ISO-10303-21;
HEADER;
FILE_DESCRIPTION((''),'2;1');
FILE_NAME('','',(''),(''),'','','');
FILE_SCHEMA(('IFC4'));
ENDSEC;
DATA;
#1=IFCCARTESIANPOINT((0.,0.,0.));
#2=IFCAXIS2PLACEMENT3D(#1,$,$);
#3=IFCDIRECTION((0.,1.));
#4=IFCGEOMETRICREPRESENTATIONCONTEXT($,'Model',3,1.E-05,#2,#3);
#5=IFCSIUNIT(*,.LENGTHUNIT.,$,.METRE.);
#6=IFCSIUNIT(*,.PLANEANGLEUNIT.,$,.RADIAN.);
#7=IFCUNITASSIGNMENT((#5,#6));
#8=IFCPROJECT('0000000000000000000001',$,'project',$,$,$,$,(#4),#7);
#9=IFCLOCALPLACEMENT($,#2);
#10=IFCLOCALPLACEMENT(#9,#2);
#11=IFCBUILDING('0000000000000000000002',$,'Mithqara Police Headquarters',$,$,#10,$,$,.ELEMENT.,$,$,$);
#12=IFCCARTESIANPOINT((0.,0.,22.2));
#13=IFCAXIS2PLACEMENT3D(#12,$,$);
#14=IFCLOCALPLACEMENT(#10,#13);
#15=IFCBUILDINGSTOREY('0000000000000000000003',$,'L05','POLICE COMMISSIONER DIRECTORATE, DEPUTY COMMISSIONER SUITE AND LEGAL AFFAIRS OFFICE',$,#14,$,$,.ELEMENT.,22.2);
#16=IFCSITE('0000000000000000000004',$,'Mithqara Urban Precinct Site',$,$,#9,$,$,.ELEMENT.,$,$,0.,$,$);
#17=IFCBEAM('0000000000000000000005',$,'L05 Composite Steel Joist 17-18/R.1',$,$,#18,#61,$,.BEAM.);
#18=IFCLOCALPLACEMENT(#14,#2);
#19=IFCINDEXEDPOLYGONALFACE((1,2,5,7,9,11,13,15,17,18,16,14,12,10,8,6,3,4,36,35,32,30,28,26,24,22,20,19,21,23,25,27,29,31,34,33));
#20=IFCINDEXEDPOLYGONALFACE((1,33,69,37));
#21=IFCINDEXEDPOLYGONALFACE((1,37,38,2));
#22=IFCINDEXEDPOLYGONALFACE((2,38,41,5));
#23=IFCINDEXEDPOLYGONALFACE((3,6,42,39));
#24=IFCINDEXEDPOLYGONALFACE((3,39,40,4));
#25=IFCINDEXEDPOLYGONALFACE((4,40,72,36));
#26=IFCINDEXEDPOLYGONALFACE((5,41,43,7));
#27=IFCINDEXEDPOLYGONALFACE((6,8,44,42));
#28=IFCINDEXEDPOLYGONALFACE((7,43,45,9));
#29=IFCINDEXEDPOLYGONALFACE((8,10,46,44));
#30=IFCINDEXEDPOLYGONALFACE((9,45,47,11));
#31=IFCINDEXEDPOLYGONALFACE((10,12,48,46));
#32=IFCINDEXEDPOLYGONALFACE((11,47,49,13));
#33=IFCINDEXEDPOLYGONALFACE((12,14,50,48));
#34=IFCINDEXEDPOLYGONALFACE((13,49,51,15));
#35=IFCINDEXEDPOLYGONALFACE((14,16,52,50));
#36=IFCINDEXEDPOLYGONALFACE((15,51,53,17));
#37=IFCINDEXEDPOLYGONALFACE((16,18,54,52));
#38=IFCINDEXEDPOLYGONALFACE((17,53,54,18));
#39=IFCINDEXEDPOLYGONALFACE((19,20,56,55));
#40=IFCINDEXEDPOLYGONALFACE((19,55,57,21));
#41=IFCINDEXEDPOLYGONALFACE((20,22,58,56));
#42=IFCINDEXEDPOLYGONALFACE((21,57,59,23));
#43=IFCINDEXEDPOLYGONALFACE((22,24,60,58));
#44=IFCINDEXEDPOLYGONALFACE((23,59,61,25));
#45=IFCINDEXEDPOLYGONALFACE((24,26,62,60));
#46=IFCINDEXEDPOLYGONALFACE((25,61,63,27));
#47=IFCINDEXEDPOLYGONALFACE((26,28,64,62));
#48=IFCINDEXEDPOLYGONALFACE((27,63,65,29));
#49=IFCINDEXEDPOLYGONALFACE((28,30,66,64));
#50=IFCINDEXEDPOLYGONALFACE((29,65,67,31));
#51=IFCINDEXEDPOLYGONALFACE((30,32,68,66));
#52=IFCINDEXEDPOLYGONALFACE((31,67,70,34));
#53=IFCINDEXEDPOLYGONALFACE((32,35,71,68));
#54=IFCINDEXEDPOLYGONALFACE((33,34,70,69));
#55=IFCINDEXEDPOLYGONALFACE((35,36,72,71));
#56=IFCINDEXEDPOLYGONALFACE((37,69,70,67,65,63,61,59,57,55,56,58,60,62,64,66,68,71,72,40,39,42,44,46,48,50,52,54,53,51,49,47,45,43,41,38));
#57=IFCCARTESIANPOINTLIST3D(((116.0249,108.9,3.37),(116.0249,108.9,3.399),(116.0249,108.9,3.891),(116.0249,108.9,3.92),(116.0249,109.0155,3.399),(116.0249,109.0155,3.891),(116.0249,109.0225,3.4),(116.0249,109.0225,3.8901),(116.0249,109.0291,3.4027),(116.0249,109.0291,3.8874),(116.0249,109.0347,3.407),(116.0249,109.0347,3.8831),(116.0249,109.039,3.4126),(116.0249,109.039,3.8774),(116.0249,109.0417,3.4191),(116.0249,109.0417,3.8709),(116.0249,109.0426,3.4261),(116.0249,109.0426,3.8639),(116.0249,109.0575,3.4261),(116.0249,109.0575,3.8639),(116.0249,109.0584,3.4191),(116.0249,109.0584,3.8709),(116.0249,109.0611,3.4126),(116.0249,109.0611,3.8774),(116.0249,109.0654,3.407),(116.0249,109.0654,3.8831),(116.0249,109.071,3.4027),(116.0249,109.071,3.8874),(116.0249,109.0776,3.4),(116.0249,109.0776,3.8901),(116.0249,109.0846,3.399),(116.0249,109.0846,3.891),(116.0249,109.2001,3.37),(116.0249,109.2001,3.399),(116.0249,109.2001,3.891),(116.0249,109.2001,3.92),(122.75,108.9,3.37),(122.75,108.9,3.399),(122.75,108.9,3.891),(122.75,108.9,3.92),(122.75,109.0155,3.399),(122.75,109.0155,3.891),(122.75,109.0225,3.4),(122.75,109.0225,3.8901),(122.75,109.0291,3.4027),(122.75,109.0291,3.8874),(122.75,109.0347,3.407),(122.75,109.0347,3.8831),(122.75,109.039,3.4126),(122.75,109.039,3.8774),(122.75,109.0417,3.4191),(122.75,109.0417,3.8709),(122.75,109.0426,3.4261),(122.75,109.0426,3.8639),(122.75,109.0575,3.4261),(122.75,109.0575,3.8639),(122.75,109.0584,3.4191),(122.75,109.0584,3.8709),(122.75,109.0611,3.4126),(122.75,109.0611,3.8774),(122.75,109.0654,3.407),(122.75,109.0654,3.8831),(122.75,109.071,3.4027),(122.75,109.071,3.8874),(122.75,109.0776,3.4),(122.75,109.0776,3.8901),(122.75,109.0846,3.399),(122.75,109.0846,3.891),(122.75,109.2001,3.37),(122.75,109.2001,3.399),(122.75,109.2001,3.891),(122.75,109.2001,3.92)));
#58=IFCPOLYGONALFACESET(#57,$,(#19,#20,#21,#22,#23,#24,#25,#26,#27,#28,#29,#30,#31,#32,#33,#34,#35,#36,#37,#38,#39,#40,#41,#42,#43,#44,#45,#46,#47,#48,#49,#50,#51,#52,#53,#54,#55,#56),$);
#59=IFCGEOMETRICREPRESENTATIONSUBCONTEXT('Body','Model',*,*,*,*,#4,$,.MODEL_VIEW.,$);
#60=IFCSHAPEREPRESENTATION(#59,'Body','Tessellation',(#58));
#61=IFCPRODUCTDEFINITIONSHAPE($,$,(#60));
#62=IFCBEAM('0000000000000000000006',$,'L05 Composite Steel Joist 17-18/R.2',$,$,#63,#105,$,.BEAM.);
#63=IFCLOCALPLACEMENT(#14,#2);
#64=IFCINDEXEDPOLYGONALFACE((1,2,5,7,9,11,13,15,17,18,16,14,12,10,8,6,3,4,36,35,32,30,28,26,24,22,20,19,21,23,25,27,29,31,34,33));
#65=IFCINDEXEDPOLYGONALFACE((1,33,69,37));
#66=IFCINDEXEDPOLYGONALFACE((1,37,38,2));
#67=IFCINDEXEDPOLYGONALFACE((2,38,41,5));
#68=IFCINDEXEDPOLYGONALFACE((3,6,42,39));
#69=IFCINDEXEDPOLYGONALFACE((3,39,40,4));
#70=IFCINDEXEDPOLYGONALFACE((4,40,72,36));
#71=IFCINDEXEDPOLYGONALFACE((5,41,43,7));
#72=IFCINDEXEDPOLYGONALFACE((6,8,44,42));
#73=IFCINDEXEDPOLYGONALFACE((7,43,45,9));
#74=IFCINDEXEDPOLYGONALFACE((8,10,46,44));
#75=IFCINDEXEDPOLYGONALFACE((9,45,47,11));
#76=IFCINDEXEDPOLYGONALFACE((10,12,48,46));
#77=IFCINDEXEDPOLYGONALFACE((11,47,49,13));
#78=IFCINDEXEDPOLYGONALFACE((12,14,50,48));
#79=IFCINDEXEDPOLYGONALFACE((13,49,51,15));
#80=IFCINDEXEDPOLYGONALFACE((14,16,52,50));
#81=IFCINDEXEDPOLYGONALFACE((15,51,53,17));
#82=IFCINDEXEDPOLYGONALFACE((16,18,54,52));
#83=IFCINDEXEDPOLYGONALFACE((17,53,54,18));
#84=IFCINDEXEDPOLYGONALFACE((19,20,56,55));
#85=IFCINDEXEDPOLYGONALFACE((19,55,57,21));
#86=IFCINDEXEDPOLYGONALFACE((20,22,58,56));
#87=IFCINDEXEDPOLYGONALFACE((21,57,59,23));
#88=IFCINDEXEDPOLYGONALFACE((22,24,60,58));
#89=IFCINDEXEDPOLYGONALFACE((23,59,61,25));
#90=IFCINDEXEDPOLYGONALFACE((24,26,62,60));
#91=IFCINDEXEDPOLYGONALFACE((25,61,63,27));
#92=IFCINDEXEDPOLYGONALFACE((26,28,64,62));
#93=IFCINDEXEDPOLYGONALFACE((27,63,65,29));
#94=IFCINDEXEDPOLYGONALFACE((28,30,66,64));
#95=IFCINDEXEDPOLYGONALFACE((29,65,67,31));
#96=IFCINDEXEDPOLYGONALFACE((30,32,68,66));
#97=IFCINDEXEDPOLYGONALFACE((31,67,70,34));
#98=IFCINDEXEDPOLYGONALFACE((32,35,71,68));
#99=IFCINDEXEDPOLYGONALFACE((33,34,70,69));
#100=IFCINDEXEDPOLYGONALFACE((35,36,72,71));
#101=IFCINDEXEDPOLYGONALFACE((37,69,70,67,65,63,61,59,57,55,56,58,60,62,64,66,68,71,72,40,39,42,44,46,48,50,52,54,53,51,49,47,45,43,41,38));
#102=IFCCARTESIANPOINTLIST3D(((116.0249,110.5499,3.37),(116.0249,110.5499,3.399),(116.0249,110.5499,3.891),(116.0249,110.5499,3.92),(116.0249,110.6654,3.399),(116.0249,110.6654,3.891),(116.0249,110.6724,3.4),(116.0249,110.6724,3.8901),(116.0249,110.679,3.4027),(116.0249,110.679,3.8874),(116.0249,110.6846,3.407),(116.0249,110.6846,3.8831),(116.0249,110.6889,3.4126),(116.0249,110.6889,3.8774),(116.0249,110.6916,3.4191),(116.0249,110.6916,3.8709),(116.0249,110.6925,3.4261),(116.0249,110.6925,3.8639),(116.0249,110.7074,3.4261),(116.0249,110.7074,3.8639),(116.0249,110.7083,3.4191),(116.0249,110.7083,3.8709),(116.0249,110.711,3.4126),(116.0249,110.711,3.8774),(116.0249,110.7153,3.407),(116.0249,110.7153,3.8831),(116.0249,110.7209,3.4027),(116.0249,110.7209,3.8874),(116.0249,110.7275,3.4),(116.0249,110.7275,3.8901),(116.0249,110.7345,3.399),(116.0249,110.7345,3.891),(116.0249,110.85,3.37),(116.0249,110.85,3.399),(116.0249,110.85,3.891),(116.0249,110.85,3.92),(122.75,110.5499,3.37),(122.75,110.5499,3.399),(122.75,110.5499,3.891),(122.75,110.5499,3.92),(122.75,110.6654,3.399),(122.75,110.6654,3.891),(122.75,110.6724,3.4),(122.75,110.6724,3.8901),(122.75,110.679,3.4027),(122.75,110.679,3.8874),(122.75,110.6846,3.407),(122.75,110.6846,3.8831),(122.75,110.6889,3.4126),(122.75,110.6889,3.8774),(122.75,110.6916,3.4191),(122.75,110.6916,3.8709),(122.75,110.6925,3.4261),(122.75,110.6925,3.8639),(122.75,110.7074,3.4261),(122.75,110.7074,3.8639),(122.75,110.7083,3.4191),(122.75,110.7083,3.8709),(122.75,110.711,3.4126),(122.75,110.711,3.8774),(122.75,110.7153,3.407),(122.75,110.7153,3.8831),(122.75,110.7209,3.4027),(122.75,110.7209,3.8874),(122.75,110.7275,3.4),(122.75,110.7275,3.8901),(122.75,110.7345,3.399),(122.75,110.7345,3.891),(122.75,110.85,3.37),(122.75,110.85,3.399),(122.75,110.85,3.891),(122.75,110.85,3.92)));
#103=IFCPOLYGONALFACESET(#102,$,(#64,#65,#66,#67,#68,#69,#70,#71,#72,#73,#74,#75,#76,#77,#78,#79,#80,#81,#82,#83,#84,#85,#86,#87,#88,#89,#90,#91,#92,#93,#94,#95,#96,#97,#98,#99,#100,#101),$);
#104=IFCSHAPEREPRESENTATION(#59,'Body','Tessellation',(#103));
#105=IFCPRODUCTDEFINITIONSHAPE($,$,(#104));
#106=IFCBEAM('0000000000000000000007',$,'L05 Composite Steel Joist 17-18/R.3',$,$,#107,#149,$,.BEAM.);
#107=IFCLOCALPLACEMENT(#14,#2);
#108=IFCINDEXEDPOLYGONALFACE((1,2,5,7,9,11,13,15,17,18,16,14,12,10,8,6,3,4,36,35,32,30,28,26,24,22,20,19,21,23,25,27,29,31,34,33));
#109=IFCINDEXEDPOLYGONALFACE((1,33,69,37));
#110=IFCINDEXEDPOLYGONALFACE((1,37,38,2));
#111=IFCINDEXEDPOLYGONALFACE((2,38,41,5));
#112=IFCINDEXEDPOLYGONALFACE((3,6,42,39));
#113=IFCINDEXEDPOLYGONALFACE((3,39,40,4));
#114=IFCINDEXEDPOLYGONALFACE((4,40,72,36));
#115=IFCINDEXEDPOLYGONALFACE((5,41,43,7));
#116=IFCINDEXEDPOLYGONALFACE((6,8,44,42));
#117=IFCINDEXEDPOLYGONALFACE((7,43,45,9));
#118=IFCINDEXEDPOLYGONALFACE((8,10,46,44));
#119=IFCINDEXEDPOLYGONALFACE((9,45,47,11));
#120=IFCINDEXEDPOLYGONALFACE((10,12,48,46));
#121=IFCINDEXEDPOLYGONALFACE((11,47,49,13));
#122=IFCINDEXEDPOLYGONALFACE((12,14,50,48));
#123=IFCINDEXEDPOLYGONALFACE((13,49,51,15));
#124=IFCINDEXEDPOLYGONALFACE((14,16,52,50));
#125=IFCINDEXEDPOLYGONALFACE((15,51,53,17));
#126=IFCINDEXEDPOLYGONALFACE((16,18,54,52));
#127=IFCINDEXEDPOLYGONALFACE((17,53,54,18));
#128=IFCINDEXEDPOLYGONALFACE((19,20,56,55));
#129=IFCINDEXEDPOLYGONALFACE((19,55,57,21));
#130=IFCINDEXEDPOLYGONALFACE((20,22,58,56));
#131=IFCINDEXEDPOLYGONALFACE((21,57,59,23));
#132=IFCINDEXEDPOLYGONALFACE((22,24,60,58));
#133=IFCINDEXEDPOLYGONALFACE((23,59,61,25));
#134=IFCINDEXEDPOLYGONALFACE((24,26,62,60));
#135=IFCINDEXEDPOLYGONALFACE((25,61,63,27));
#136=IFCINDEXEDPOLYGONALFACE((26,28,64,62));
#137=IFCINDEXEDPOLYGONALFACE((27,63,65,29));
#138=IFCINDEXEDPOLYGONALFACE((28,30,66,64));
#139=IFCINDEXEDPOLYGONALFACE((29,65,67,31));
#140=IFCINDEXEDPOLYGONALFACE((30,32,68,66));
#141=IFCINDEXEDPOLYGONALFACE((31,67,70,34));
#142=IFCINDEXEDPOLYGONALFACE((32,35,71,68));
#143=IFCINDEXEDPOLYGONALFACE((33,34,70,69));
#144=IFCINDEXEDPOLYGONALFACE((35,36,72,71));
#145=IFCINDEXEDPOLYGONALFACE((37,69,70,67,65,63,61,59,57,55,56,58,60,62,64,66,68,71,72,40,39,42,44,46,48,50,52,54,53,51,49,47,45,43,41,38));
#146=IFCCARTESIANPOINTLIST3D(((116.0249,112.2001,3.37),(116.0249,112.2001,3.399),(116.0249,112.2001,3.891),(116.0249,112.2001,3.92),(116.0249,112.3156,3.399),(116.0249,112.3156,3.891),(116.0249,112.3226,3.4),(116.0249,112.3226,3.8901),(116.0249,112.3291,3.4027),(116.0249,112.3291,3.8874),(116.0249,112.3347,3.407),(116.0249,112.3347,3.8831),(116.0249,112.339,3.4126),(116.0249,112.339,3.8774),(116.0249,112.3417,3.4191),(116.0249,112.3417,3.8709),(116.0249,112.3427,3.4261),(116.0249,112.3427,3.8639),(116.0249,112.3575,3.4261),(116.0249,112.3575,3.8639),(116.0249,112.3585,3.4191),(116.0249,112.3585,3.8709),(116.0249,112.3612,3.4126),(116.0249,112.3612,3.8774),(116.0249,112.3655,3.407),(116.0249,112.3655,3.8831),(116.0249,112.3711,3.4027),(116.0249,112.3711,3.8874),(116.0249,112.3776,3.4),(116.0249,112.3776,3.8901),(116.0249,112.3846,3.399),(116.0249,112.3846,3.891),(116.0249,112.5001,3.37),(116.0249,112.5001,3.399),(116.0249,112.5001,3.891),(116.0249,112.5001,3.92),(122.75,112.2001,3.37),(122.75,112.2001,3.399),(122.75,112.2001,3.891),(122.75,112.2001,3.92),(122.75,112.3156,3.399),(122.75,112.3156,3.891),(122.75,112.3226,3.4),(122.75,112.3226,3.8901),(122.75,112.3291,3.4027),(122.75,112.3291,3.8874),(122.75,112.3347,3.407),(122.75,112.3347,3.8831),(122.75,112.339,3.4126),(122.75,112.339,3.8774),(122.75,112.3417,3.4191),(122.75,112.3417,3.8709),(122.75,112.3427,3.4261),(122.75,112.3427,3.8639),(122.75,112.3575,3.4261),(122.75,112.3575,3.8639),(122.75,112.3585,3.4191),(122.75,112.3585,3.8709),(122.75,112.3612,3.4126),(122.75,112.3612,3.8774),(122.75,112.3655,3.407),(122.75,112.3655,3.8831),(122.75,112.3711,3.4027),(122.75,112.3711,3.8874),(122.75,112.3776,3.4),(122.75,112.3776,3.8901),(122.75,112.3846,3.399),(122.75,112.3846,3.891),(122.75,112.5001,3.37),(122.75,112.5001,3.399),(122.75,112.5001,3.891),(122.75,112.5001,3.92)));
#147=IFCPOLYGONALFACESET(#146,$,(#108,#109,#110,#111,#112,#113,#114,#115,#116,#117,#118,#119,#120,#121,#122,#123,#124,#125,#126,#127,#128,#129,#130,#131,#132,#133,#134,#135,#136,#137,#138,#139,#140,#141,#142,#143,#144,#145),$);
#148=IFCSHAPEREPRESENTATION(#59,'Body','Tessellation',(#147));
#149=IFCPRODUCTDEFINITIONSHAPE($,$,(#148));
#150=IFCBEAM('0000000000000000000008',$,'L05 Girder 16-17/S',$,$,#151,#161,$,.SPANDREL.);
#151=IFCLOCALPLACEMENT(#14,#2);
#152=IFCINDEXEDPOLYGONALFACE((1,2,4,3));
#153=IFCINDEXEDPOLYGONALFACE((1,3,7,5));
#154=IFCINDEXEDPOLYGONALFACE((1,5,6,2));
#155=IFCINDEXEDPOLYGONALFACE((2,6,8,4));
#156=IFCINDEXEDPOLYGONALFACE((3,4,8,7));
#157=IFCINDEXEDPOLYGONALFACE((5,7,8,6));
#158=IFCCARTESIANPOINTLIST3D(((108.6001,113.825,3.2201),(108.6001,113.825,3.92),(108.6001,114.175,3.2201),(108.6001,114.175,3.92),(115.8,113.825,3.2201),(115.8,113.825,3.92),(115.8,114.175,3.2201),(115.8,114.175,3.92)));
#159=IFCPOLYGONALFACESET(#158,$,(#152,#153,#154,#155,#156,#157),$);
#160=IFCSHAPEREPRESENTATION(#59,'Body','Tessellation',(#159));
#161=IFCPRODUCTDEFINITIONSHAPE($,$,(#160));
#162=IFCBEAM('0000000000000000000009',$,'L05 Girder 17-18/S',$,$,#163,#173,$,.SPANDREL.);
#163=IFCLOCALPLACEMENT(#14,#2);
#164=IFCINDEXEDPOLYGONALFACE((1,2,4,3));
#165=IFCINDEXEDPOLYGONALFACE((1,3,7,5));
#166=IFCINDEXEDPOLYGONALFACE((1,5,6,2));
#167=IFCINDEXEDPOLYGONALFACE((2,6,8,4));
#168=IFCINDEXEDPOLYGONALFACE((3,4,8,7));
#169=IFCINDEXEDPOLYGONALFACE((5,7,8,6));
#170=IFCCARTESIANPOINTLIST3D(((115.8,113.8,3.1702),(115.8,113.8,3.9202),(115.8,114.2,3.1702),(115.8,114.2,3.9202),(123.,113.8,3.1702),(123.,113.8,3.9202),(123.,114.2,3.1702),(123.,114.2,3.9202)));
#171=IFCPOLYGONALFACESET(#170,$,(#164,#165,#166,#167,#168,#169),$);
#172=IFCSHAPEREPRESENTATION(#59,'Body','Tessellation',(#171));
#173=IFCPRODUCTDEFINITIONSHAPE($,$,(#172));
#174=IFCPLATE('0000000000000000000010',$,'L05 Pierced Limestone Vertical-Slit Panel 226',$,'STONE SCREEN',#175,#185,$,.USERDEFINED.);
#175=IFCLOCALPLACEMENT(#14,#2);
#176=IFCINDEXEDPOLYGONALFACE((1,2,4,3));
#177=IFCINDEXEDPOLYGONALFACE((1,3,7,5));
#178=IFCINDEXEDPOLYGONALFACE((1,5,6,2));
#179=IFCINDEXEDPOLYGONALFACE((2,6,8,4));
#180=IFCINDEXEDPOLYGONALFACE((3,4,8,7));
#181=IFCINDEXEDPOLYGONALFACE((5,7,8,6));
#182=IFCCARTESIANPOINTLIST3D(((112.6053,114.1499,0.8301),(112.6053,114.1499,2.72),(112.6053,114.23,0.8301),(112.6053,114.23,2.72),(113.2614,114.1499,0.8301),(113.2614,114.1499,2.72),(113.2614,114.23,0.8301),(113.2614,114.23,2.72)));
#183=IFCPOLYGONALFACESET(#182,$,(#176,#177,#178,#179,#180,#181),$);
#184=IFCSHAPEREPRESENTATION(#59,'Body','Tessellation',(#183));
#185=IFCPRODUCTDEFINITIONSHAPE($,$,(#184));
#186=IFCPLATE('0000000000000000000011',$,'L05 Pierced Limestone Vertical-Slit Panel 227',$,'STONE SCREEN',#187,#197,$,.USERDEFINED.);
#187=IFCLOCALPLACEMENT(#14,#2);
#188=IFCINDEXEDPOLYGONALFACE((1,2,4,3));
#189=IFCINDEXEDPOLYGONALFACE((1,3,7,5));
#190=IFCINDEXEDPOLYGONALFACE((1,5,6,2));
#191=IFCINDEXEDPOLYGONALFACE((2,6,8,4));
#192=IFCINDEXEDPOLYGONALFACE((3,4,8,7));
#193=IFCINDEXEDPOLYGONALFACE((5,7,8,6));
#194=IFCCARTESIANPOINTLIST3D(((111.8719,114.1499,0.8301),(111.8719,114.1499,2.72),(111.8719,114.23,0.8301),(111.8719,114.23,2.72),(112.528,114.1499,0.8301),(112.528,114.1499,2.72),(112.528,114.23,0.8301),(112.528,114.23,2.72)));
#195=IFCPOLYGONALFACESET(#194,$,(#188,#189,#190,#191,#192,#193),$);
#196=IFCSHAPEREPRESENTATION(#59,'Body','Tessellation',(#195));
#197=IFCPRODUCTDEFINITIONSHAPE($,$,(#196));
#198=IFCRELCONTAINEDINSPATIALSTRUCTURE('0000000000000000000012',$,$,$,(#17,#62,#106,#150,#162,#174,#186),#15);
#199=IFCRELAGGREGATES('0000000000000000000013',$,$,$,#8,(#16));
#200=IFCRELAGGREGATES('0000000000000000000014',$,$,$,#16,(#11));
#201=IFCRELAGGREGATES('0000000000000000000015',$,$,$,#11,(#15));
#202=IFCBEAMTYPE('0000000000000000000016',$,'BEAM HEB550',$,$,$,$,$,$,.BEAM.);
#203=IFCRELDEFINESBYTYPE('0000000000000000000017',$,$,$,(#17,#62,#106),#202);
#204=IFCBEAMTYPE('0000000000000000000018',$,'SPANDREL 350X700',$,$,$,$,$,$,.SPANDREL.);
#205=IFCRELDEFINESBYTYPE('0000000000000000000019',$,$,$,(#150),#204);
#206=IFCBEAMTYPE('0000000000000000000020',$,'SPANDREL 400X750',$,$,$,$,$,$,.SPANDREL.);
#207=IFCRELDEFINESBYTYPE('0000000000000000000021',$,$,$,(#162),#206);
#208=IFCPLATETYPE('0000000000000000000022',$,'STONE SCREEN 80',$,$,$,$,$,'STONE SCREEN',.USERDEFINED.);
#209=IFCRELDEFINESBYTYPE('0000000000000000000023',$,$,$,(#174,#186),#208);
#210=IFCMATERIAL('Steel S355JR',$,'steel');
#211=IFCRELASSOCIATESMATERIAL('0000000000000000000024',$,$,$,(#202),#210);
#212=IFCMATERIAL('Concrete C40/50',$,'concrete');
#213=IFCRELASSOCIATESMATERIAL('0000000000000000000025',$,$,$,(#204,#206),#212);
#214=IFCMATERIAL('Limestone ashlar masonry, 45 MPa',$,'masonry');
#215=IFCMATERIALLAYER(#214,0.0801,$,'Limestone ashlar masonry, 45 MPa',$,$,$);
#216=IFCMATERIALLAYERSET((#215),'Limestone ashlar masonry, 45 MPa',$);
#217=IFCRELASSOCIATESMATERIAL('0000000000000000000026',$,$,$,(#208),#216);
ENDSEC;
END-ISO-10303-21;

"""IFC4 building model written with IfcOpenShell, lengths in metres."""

from ifc_helpers import new_model, si_unit, direction, frame, origin, origin_2d, place, context, subcontext, project, spatial, rectangle, i_section, extrude, material, layer, layer_set, material_profile, profile_set, type_object, element, save


model = new_model("IFC4")

# Units and contexts
model_context = context("Model", 3, precision=1e-05, world=origin(), true_north=direction((0.0, 1.0)))
body_context = subcontext(model_context, "Body", "Model", "MODEL_VIEW")
ifc_project = project(units=[si_unit("LENGTHUNIT", "METRE"), si_unit("PLANEANGLEUNIT", "RADIAN")], contexts=[model_context])

# Site, building, storey
site_placement = place(None, origin())
site = spatial("IfcSite", under=ifc_project, at=site_placement, Name="Mithqara Urban Precinct Site", CompositionType="ELEMENT", RefElevation=0.0)
building_placement = place(site_placement, origin())
building = spatial("IfcBuilding", under=site, at=building_placement, Name="Mithqara Police Headquarters", CompositionType="ELEMENT")
storey_placement = place(building_placement, frame((0.0, 0.0, 22.2)))
storey = spatial("IfcBuildingStorey", under=building, at=storey_placement, Name="L05", Description="POLICE COMMISSIONER DIRECTORATE, DEPUTY COMMISSIONER SUITE AND LEGAL AFFAIRS OFFICE", CompositionType="ELEMENT", Elevation=22.2)

# Beams
ifc_material_1 = material(Name="Steel S355JR", Category="steel")
ifc_material_profile_1 = material_profile(ifc_material_1, i_section(OverallWidth=0.3, OverallDepth=0.55, WebThickness=0.0149, FlangeThickness=0.0291, FilletRadius=0.0271, at=origin_2d()), Name="HEB 550")
ifc_profile_set_1 = profile_set([ifc_material_profile_1], Name="Steel S355JR")
beam_type_1 = type_object("IfcBeamType", Name="BEAM HEB550", PredefinedType="BEAM", material=ifc_profile_set_1)
for number, where, z_axis, x_axis, name in (
    (1, (116.0249, 109.05, 3.645), (1.0, 0.0, 0.0), (0.0, 1.0, 0.0), "L05 Composite Steel Joist 17-18/R.1"),
    (2, (116.0249, 110.7, 3.645), (1.0, 0.0, 0.0), (0.0, 1.0, 0.0), "L05 Composite Steel Joist 17-18/R.2"),
    (3, (116.0249, 112.3501, 3.645), (1.0, 0.0, 0.0), (0.0, 1.0, 0.0), "L05 Composite Steel Joist 17-18/R.3"),
):
    element("IfcBeam", number, at=place(storey_placement, frame(where, z_axis=z_axis, x_axis=x_axis)), inside=storey, type_object=beam_type_1, Name=name, PredefinedType="BEAM", context=body_context, shape_type="SweptSolid", body=[
        extrude(i_section(OverallWidth=0.3, OverallDepth=0.55, WebThickness=0.0149, FlangeThickness=0.0291, FilletRadius=0.0271, at=origin_2d()), origin(), (0.0, 0.0, 1.0), 6.7251),
    ])
ifc_material_2 = material(Name="Concrete C40/50", Category="concrete")
ifc_material_profile_2 = material_profile(ifc_material_2, rectangle(XDim=0.3501, YDim=0.7, at=origin_2d()), Name="SPB 350x700")
ifc_profile_set_2 = profile_set([ifc_material_profile_2], Name="Concrete C40/50")
beam_type_2 = type_object("IfcBeamType", Name="SPANDREL 350X700", PredefinedType="SPANDREL", material=ifc_profile_set_2)
beam_1_placement = place(storey_placement, frame((108.6001, 114.0, 3.5701), z_axis=(1.0, 0.0, 0.0), x_axis=(0.0, 1.0, 0.0)))
element("IfcBeam", 4, at=beam_1_placement, inside=storey, type_object=beam_type_2, Name="L05 Girder 16-17/S", PredefinedType="SPANDREL", context=body_context, shape_type="SweptSolid", body=[
    extrude(rectangle(XDim=0.3501, YDim=0.7, at=origin_2d()), origin(), (0.0, 0.0, 1.0), 7.2),
])
ifc_material_profile_3 = material_profile(ifc_material_2, rectangle(XDim=0.3999, YDim=0.75, at=origin_2d()), Name="SPB 400x750")
ifc_profile_set_3 = profile_set([ifc_material_profile_3], Name="Concrete C40/50")
beam_type_3 = type_object("IfcBeamType", Name="SPANDREL 400X750", PredefinedType="SPANDREL", material=ifc_profile_set_3)
beam_2_placement = place(storey_placement, frame((115.8, 114.0, 3.5452), z_axis=(1.0, 0.0, 0.0), x_axis=(0.0, 1.0, 0.0)))
element("IfcBeam", 5, at=beam_2_placement, inside=storey, type_object=beam_type_3, Name="L05 Girder 17-18/S", PredefinedType="SPANDREL", context=body_context, shape_type="SweptSolid", body=[
    extrude(rectangle(XDim=0.3999, YDim=0.75, at=origin_2d()), origin(), (0.0, 0.0, 1.0), 7.2),
])

# Plates
ifc_material_3 = material(Name="Limestone ashlar masonry, 45 MPa", Category="masonry")
ifc_layer_1 = layer(ifc_material_3, 0.0801, Name="Limestone ashlar masonry, 45 MPa")
ifc_layer_set_1 = layer_set([ifc_layer_1], Name="Limestone ashlar masonry, 45 MPa")
plate_type = type_object("IfcPlateType", Name="STONE SCREEN 80", ElementType="STONE SCREEN", PredefinedType="USERDEFINED", material=ifc_layer_set_1)
for number, where, z_axis, x_axis, name in (
    (6, (112.9333, 114.1899, 0.8301), (0.0, 0.0, 1.0), (1.0, 0.0, 0.0), "L05 Pierced Limestone Vertical-Slit Panel 226"),
    (7, (112.2, 114.1899, 0.8301), (0.0, 0.0, 1.0), (1.0, 0.0, 0.0), "L05 Pierced Limestone Vertical-Slit Panel 227"),
):
    element("IfcPlate", number, at=place(storey_placement, frame(where, z_axis=z_axis, x_axis=x_axis)), inside=storey, type_object=plate_type, Name=name, ObjectType="STONE SCREEN", PredefinedType="USERDEFINED", context=body_context, shape_type="SweptSolid", body=[
        extrude(rectangle(XDim=0.656, YDim=0.0801, at=origin_2d()), origin(), (0.0, 0.0, 1.0), 1.8899),
    ])

save(model, "model.ifc")
